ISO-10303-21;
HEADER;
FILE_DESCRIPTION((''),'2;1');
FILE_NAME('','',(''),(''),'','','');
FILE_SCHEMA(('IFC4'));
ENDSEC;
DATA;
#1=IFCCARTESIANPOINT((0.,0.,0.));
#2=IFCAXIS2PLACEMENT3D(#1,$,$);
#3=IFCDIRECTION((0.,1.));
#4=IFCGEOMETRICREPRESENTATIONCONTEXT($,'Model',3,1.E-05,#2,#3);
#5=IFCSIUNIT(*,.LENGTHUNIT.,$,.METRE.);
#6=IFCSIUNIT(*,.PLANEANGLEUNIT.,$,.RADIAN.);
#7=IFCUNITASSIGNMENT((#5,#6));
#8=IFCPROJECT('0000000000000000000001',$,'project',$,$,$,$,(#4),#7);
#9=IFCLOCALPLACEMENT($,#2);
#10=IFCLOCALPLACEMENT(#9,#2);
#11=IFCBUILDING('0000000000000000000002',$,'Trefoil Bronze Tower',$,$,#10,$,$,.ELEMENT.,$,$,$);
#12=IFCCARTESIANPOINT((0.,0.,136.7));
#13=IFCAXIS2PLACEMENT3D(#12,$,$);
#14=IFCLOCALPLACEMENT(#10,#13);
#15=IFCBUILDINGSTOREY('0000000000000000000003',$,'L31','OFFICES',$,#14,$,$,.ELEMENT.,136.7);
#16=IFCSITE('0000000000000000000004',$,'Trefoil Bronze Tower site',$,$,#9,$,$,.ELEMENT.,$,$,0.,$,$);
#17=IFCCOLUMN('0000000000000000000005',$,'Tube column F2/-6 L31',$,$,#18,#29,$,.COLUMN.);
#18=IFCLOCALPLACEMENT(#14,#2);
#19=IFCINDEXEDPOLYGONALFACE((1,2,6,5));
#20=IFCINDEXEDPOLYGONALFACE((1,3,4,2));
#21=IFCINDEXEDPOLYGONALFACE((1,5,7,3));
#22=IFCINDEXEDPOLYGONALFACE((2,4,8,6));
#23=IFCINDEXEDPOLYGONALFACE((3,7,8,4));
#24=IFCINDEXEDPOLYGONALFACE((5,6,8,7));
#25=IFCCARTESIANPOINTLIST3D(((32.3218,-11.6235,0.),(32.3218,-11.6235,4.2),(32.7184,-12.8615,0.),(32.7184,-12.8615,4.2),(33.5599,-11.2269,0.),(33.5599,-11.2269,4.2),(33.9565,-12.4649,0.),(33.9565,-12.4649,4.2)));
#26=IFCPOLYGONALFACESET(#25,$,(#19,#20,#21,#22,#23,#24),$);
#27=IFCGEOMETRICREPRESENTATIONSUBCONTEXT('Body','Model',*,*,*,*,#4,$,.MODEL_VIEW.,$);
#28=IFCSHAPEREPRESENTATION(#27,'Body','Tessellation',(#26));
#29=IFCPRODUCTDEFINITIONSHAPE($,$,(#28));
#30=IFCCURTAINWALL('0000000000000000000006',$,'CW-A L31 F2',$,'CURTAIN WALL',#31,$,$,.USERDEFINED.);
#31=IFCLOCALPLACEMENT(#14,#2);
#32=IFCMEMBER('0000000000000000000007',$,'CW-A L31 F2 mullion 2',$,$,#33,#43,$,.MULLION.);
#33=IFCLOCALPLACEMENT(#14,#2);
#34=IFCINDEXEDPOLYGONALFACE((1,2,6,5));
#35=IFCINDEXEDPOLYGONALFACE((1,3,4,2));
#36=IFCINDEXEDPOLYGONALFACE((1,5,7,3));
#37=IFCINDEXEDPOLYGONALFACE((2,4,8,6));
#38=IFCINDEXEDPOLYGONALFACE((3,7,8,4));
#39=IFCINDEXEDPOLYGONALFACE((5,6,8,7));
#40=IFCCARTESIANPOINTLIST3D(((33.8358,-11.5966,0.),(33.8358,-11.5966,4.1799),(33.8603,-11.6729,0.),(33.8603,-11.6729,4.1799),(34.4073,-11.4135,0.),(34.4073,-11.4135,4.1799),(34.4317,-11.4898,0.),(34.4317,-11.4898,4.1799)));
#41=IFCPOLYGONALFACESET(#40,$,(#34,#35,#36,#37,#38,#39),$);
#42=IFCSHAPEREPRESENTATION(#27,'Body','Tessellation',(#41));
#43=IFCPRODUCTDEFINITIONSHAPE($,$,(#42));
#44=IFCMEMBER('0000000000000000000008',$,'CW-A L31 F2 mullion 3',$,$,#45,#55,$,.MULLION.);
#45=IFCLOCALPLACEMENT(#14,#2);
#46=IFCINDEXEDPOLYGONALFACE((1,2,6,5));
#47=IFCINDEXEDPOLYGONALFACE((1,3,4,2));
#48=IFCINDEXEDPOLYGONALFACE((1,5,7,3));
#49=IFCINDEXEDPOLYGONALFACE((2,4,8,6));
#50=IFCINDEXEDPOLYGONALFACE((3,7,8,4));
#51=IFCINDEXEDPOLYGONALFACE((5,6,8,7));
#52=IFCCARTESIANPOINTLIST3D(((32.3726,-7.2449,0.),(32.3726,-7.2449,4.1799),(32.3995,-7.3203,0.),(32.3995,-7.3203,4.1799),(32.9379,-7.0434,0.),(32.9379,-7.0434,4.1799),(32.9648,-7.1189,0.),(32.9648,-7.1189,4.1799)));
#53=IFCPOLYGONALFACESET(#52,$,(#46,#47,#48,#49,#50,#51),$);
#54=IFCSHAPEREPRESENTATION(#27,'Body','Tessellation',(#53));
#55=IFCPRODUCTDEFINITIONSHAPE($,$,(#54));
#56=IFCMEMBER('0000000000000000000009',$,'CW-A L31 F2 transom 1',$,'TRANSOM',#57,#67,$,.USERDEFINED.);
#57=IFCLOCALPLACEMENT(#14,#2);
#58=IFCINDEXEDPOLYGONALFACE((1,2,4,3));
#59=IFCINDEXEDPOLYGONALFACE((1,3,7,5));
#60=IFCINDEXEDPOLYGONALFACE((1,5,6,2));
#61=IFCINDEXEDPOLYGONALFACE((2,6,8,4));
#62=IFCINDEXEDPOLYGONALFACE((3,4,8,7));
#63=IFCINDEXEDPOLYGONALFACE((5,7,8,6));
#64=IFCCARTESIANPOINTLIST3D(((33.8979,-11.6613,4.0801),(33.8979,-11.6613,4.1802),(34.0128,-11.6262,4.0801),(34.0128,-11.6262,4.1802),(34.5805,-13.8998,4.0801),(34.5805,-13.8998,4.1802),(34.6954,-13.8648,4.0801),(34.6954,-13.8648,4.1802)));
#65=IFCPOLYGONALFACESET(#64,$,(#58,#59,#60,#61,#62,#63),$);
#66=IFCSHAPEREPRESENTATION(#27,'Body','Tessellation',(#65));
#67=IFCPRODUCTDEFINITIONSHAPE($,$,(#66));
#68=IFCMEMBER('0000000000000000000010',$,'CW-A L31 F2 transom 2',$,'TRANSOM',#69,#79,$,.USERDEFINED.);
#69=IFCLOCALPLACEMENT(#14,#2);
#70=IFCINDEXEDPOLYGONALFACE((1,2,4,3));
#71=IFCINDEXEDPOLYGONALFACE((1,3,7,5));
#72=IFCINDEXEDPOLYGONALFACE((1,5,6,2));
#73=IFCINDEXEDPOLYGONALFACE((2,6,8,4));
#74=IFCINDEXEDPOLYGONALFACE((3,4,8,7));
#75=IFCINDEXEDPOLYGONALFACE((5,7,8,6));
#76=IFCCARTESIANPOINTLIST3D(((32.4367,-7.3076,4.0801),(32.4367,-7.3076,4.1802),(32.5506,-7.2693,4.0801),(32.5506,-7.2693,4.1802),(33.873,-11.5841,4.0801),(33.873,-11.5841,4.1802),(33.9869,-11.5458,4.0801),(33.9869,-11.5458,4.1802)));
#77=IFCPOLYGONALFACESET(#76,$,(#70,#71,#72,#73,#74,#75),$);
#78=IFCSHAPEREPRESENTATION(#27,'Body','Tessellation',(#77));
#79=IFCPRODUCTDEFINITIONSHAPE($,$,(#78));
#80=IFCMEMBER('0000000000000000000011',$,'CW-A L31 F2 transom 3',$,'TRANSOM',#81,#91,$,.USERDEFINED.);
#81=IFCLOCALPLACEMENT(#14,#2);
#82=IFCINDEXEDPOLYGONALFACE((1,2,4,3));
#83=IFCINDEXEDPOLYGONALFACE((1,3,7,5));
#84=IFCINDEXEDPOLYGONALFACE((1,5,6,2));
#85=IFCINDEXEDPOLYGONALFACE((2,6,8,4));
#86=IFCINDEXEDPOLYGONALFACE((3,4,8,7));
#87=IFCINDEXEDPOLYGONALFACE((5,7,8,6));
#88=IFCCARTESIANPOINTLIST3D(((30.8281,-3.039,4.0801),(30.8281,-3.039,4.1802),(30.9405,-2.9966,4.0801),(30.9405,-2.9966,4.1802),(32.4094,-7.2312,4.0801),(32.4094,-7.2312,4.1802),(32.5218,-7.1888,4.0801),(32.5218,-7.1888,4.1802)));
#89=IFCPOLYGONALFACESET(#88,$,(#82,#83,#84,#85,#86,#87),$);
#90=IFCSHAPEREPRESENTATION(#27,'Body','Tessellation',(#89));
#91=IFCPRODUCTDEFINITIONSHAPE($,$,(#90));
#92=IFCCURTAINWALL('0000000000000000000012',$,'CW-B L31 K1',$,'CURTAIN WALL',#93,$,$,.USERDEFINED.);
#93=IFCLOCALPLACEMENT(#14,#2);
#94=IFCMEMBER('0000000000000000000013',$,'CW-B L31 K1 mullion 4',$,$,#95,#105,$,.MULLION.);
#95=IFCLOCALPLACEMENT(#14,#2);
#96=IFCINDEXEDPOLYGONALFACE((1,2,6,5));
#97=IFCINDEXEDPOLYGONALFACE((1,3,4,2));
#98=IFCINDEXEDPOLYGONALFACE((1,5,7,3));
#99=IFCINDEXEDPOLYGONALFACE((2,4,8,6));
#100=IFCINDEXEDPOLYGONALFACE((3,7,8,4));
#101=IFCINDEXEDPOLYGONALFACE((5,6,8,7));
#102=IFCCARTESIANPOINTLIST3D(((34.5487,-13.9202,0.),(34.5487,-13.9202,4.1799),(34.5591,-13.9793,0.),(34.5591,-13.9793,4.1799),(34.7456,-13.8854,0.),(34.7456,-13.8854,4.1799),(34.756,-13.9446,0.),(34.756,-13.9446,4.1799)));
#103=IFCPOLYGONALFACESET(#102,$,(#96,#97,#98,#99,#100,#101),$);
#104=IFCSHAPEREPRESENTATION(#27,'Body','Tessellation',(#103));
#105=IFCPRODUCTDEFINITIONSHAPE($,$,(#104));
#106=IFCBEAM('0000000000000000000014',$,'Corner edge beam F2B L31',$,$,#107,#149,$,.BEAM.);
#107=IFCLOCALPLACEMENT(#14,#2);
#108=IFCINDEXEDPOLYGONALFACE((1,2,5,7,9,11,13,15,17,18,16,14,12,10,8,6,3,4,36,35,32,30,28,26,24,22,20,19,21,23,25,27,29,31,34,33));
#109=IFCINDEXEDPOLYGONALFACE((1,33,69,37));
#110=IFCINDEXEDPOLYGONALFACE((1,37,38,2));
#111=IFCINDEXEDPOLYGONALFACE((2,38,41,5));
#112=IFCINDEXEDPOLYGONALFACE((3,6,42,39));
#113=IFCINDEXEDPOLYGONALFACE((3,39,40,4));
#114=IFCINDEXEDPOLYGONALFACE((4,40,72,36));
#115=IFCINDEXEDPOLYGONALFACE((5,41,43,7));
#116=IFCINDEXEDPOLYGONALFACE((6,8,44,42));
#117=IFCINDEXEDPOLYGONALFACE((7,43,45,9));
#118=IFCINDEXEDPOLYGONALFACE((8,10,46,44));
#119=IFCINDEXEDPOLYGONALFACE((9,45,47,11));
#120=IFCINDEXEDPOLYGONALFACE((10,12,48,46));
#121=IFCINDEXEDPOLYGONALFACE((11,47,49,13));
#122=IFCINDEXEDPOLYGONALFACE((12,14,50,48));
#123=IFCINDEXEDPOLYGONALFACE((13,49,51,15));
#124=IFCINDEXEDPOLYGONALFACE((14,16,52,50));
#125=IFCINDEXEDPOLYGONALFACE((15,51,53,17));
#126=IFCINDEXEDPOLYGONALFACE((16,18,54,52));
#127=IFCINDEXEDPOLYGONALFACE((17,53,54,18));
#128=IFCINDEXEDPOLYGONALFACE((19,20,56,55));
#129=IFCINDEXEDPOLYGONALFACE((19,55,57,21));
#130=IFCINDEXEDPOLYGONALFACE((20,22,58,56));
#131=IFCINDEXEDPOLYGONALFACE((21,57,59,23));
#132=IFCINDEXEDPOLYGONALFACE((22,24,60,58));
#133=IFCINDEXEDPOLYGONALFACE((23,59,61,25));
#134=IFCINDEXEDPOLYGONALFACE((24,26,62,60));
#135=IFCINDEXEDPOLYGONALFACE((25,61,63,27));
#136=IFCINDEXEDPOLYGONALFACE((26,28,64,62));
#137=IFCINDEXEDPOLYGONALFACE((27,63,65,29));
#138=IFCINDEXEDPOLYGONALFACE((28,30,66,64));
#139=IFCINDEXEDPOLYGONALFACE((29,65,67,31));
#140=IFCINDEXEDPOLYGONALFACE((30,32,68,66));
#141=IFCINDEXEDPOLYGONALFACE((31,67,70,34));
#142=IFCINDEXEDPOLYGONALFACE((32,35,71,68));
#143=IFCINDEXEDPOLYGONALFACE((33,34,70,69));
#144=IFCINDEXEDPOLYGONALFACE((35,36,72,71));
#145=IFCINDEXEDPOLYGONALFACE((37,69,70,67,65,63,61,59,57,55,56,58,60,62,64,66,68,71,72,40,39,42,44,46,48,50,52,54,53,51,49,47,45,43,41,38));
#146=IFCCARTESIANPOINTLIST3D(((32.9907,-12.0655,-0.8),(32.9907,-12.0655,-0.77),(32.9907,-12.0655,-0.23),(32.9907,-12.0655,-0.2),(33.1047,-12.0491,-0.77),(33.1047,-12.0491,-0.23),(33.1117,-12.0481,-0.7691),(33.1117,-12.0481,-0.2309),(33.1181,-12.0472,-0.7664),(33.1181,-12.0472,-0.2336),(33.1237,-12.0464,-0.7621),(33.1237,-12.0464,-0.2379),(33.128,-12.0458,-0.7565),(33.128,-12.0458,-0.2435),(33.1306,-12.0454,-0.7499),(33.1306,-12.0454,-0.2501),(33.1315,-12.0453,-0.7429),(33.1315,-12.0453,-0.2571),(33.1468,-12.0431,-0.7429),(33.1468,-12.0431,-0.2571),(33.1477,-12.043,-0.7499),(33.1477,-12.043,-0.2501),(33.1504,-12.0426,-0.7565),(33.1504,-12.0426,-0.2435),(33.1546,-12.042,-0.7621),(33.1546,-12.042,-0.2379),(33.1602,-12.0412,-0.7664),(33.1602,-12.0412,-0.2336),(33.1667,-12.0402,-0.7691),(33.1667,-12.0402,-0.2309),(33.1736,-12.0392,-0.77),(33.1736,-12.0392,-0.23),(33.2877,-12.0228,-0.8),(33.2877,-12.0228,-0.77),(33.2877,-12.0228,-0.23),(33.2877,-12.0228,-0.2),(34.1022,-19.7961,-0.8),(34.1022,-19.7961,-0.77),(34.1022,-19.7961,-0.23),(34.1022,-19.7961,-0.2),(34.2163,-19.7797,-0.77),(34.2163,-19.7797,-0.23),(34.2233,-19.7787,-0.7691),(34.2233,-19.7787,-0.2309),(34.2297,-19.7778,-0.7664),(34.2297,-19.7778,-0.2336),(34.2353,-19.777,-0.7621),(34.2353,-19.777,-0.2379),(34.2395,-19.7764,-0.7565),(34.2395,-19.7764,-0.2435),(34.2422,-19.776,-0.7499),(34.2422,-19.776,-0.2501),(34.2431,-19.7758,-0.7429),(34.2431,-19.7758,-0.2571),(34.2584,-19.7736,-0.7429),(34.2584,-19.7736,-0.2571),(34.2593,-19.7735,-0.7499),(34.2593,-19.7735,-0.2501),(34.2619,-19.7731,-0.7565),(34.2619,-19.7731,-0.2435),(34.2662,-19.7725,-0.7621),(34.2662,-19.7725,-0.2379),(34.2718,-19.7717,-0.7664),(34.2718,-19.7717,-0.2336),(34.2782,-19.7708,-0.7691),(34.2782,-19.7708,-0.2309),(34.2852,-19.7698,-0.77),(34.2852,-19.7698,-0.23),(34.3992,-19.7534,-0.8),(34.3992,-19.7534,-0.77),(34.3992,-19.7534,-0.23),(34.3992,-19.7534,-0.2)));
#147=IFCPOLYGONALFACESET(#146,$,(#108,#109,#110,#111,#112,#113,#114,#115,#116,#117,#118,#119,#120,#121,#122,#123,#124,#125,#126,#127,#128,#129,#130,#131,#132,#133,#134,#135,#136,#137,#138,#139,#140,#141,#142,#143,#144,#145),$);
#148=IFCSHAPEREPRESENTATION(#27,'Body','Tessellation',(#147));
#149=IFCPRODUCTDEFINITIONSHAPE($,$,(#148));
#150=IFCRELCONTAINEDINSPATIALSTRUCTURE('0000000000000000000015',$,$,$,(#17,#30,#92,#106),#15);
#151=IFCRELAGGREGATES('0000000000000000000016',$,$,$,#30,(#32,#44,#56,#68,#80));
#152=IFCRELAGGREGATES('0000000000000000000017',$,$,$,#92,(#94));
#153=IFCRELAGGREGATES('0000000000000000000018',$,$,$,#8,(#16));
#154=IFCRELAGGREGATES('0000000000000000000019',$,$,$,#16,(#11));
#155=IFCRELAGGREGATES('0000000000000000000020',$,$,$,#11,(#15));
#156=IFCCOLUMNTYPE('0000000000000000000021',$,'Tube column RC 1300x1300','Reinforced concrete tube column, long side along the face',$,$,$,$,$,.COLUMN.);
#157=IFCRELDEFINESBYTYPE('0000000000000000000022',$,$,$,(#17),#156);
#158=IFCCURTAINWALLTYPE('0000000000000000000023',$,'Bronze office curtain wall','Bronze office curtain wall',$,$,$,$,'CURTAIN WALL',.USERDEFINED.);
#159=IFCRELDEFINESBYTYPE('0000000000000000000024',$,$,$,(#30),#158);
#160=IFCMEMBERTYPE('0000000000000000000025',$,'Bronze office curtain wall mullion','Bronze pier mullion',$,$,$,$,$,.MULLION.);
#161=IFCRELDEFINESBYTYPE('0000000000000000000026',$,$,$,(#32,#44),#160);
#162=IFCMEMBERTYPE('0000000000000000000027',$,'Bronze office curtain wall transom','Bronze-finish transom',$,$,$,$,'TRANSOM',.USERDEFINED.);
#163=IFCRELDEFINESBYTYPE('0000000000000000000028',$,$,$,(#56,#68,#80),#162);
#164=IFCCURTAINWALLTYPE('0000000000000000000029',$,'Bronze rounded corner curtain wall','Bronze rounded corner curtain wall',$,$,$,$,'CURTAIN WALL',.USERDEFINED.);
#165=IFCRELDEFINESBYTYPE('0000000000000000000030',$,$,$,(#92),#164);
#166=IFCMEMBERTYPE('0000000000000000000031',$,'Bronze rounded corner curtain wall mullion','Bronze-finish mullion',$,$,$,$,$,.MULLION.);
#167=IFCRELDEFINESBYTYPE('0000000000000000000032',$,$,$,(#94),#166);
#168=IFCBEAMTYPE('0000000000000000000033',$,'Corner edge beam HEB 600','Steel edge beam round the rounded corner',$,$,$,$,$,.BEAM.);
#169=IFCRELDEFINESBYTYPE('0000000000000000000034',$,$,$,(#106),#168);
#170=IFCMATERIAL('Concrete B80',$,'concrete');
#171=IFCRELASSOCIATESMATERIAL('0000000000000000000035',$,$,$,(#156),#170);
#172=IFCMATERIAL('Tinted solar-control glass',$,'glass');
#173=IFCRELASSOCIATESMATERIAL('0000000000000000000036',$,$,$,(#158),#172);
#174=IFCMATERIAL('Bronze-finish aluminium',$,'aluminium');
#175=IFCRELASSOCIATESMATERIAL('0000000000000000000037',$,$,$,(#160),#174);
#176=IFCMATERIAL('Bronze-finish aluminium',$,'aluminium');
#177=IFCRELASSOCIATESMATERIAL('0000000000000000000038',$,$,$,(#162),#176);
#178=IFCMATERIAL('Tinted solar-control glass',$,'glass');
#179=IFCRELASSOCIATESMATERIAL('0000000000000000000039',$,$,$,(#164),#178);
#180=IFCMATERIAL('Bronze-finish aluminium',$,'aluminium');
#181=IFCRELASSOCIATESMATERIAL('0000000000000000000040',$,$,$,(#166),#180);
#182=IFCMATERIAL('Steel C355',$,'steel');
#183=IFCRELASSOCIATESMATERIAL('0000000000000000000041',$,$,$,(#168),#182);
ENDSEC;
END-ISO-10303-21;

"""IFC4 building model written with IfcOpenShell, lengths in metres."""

from ifc_helpers import new_model, si_unit, direction, frame, origin, origin_2d, place, context, subcontext, project, spatial, rectangle, i_section, extrude, material, material_profile, profile_set, type_object, element, aggregate, save


model = new_model("IFC4")

# Units and contexts
model_context = context("Model", 3, precision=1e-05, world=origin(), true_north=direction((0.0, 1.0)))
body_context = subcontext(model_context, "Body", "Model", "MODEL_VIEW")
ifc_project = project(units=[si_unit("LENGTHUNIT", "METRE"), si_unit("PLANEANGLEUNIT", "RADIAN")], contexts=[model_context])

# Site, building, storey
site_placement = place(None, origin())
site = spatial("IfcSite", under=ifc_project, at=site_placement, Name="Trefoil Bronze Tower site", CompositionType="ELEMENT", RefElevation=0.0)
building_placement = place(site_placement, origin())
building = spatial("IfcBuilding", under=site, at=building_placement, Name="Trefoil Bronze Tower", CompositionType="ELEMENT")
storey_placement = place(building_placement, frame((0.0, 0.0, 136.7)))
storey = spatial("IfcBuildingStorey", under=building, at=storey_placement, Name="L31", Description="OFFICES", CompositionType="ELEMENT", Elevation=136.7)

# Column
ifc_material_1 = material(Name="Concrete B80", Category="concrete")
ifc_material_profile_1 = material_profile(ifc_material_1, rectangle(XDim=1.3, YDim=1.3, at=origin_2d()), Name="RC 1300x1300")
ifc_profile_set_1 = profile_set([ifc_material_profile_1], Name="Concrete B80")
column_type = type_object("IfcColumnType", Name="Tube column RC 1300x1300", Description="Reinforced concrete tube column, long side along the face", PredefinedType="COLUMN", material=ifc_profile_set_1)
column_placement = place(storey_placement, frame((33.1392, -12.0442, 0.0), z_axis=(0.0, 0.0, 1.0), x_axis=(-0.305066, 0.952331, 0.0)))
element("IfcColumn", 1, at=column_placement, inside=storey, type_object=column_type, Name="Tube column F2/-6 L31", PredefinedType="COLUMN", context=body_context, shape_type="SweptSolid", body=[
    extrude(rectangle(XDim=1.3, YDim=1.3, at=origin_2d()), origin(), (0.0, 0.0, 1.0), 4.2),
])

# Curtain wall, members
ifc_material_2 = material(Name="Tinted solar-control glass", Category="glass")
curtain_wall_type_1 = type_object("IfcCurtainWallType", Name="Bronze office curtain wall", Description="Bronze office curtain wall", ElementType="CURTAIN WALL", PredefinedType="USERDEFINED", material=ifc_material_2)
curtain_wall_1_placement = place(storey_placement, origin())
curtain_wall_1 = element("IfcCurtainWall", 2, at=curtain_wall_1_placement, inside=storey, type_object=curtain_wall_type_1, Name="CW-A L31 F2", ObjectType="CURTAIN WALL", PredefinedType="USERDEFINED")
ifc_material_3 = material(Name="Bronze-finish aluminium", Category="aluminium")
ifc_material_profile_2 = material_profile(ifc_material_3, rectangle(XDim=0.6001, YDim=0.0801, at=origin_2d()), Name="CW-A mullion")
ifc_profile_set_2 = profile_set([ifc_material_profile_2], Name="Bronze-finish aluminium")
member_type_1 = type_object("IfcMemberType", Name="Bronze office curtain wall mullion", Description="Bronze pier mullion", PredefinedType="MULLION", material=ifc_profile_set_2)
member_1_placement = place(storey_placement, frame((34.1338, -11.5432, 0.0), z_axis=(0.0, 0.0, 1.0), x_axis=(-0.952331, -0.305066, 0.0)))
member_1 = element("IfcMember", 3, at=member_1_placement, type_object=member_type_1, Name="CW-A L31 F2 mullion 2", PredefinedType="MULLION", context=body_context, shape_type="SweptSolid", body=[
    extrude(rectangle(XDim=0.6001, YDim=0.0801, at=origin_2d()), origin(), (0.0, 0.0, 1.0), 4.1799),
])
member_2_placement = place(storey_placement, frame((32.6687, -7.1819, 0.0), z_axis=(0.0, 0.0, 1.0), x_axis=(-0.941963, -0.335718, 0.0)))
member_2 = element("IfcMember", 4, at=member_2_placement, type_object=member_type_1, Name="CW-A L31 F2 mullion 3", PredefinedType="MULLION", context=body_context, shape_type="SweptSolid", body=[
    extrude(rectangle(XDim=0.6001, YDim=0.0801, at=origin_2d()), origin(), (0.0, 0.0, 1.0), 4.1799),
])
ifc_material_4 = material(Name="Bronze-finish aluminium", Category="aluminium")
ifc_material_profile_3 = material_profile(ifc_material_4, rectangle(XDim=0.1201, YDim=0.1001, at=origin_2d()), Name="CW-A transom")
ifc_profile_set_3 = profile_set([ifc_material_profile_3], Name="Bronze-finish aluminium")
member_type_2 = type_object("IfcMemberType", Name="Bronze office curtain wall transom", Description="Bronze-finish transom", ElementType="TRANSOM", PredefinedType="USERDEFINED", material=ifc_profile_set_3)
member_3_placement = place(storey_placement, frame((34.6379, -13.8823, 4.1301), z_axis=(-0.29168, 0.956516, 0.0), x_axis=(-0.956516, -0.29168, 0.0)))
member_3 = element("IfcMember", 5, at=member_3_placement, type_object=member_type_2, Name="CW-A L31 F2 transom 1", ObjectType="TRANSOM", PredefinedType="USERDEFINED", context=body_context, shape_type="SweptSolid", body=[
    extrude(rectangle(XDim=0.1201, YDim=0.1001, at=origin_2d()), origin(), (0.0, 0.0, 1.0), 2.3403),
])
member_4_placement = place(storey_placement, frame((33.9299, -11.5649, 4.1301), z_axis=(-0.318386, 0.947961, 0.0), x_axis=(-0.947961, -0.318386, 0.0)))
member_4 = element("IfcMember", 6, at=member_4_placement, type_object=member_type_2, Name="CW-A L31 F2 transom 2", ObjectType="TRANSOM", PredefinedType="USERDEFINED", context=body_context, shape_type="SweptSolid", body=[
    extrude(rectangle(XDim=0.1201, YDim=0.1001, at=origin_2d()), origin(), (0.0, 0.0, 1.0), 4.5112),
])
member_5_placement = place(storey_placement, frame((32.4656, -7.21, 4.1301), z_axis=(-0.352932, 0.935649, 0.0), x_axis=(-0.935649, -0.352932, 0.0)))
member_5 = element("IfcMember", 7, at=member_5_placement, type_object=member_type_2, Name="CW-A L31 F2 transom 3", ObjectType="TRANSOM", PredefinedType="USERDEFINED", context=body_context, shape_type="SweptSolid", body=[
    extrude(rectangle(XDim=0.1201, YDim=0.1001, at=origin_2d()), origin(), (0.0, 0.0, 1.0), 4.4805),
])

# Curtain wall, member
ifc_material_5 = material(Name="Tinted solar-control glass", Category="glass")
curtain_wall_type_2 = type_object("IfcCurtainWallType", Name="Bronze rounded corner curtain wall", Description="Bronze rounded corner curtain wall", ElementType="CURTAIN WALL", PredefinedType="USERDEFINED", material=ifc_material_5)
curtain_wall_2_placement = place(storey_placement, origin())
curtain_wall_2 = element("IfcCurtainWall", 8, at=curtain_wall_2_placement, inside=storey, type_object=curtain_wall_type_2, Name="CW-B L31 K1", ObjectType="CURTAIN WALL", PredefinedType="USERDEFINED")
ifc_material_6 = material(Name="Bronze-finish aluminium", Category="aluminium")
ifc_material_profile_4 = material_profile(ifc_material_6, rectangle(XDim=0.2, YDim=0.0601, at=origin_2d()), Name="CW-B mullion")
ifc_profile_set_4 = profile_set([ifc_material_profile_4], Name="Bronze-finish aluminium")
member_type_3 = type_object("IfcMemberType", Name="Bronze rounded corner curtain wall mullion", Description="Bronze-finish mullion", PredefinedType="MULLION", material=ifc_profile_set_4)
member_6_placement = place(storey_placement, frame((34.6523, -13.9324, 0.0), z_axis=(0.0, 0.0, 1.0), x_axis=(-0.984808, -0.173648, 0.0)))
member_6 = element("IfcMember", 9, at=member_6_placement, type_object=member_type_3, Name="CW-B L31 K1 mullion 4", PredefinedType="MULLION", context=body_context, shape_type="SweptSolid", body=[
    extrude(rectangle(XDim=0.2, YDim=0.0601, at=origin_2d()), origin(), (0.0, 0.0, 1.0), 4.1799),
])

# Beam
ifc_material_7 = material(Name="Steel C355", Category="steel")
ifc_material_profile_5 = material_profile(ifc_material_7, i_section(OverallWidth=0.3, OverallDepth=0.6001, WebThickness=0.0154, FlangeThickness=0.03, FilletRadius=0.0271, at=origin_2d()), Name="HEB 600")
ifc_profile_set_5 = profile_set([ifc_material_profile_5], Name="Steel C355")
beam_type_1 = type_object("IfcBeamType", Name="Corner edge beam HEB 600", Description="Steel edge beam round the rounded corner", PredefinedType="BEAM", material=ifc_profile_set_5)
beam_1_placement = place(storey_placement, frame((33.1392, -12.0442, -0.5), z_axis=(0.142327, -0.98982, 0.0), x_axis=(0.98982, 0.142327, 0.0)))
element("IfcBeam", 10, at=beam_1_placement, inside=storey, type_object=beam_type_1, Name="Corner edge beam F2B L31", PredefinedType="BEAM", context=body_context, shape_type="SweptSolid", body=[
    extrude(i_section(OverallWidth=0.3, OverallDepth=0.6001, WebThickness=0.0154, FlangeThickness=0.03, FilletRadius=0.0271, at=origin_2d()), origin(), (0.0, 0.0, 1.0), 7.8101),
])

aggregate(curtain_wall_1, [member_1, member_2, member_3, member_4, member_5])
aggregate(curtain_wall_2, [member_6])

save(model, "model.ifc")
